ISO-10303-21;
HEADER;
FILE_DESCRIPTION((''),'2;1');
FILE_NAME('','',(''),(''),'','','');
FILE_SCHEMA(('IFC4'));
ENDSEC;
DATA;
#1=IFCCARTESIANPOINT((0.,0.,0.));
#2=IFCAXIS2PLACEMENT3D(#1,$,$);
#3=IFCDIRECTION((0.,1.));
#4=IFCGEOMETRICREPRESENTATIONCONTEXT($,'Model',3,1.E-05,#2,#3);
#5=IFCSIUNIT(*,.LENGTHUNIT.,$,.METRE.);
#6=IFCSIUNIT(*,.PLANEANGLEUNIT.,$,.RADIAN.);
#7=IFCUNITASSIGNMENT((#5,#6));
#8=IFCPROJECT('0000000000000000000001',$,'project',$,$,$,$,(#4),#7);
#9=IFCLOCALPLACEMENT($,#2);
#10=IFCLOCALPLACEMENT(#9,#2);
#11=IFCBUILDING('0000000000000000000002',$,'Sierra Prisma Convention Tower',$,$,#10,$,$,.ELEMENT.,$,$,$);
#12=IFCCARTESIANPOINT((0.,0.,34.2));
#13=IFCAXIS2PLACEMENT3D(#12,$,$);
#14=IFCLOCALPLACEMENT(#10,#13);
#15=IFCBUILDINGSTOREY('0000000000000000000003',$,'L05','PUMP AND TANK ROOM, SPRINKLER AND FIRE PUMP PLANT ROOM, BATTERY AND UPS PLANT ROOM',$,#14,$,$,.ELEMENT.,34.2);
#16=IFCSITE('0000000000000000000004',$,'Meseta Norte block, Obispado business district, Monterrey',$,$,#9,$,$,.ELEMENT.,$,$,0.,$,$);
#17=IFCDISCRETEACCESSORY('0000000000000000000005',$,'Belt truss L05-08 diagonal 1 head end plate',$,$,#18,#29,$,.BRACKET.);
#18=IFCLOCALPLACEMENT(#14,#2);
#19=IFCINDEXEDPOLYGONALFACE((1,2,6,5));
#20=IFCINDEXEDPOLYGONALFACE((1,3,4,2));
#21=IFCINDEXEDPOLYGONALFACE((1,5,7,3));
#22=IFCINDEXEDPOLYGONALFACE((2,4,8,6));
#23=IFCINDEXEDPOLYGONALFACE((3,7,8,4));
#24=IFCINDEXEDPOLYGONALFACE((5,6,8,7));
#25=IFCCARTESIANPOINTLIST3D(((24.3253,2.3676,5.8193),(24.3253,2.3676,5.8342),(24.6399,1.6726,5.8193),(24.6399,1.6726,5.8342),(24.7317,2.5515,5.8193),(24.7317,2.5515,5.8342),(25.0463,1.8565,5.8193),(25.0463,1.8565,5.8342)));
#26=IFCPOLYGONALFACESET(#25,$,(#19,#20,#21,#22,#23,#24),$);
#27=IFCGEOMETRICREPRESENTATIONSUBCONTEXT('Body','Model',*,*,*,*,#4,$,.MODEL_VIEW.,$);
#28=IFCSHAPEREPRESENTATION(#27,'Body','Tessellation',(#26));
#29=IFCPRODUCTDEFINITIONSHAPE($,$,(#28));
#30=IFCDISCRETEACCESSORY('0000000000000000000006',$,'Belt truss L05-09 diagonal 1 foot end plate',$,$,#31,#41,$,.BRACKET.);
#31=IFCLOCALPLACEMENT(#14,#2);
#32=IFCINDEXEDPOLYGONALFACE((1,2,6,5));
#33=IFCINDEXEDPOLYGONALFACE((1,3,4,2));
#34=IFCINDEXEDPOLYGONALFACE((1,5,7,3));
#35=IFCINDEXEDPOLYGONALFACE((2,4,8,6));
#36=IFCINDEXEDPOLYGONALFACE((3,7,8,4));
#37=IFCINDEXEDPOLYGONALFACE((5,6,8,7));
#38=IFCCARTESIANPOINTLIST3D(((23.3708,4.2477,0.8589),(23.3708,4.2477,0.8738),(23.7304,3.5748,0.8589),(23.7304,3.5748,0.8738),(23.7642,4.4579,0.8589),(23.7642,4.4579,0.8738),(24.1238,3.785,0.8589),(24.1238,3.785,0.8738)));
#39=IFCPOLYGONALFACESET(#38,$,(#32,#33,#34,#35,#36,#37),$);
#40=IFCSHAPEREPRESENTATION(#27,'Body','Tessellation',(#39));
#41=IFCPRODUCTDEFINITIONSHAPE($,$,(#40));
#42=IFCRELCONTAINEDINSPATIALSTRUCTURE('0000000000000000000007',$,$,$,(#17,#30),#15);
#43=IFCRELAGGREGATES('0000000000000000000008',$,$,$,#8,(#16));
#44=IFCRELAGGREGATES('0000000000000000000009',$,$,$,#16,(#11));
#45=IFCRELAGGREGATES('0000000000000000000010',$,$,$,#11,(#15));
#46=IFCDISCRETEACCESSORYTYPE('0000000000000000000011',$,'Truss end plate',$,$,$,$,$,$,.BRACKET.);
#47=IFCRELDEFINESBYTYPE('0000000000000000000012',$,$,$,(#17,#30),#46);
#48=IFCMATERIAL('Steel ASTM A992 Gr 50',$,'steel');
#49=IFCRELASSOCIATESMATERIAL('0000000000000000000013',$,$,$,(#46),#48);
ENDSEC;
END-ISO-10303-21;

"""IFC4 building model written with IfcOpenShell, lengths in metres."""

from ifc_helpers import new_model, si_unit, direction, frame, origin, origin_2d, place, context, subcontext, project, spatial, rectangle, extrude, material, type_object, element, save


model = new_model("IFC4")

# Units and contexts
model_context = context("Model", 3, precision=1e-05, world=origin(), true_north=direction((0.0, 1.0)))
body_context = subcontext(model_context, "Body", "Model", "MODEL_VIEW")
ifc_project = project(units=[si_unit("LENGTHUNIT", "METRE"), si_unit("PLANEANGLEUNIT", "RADIAN")], contexts=[model_context])

# Site, building, storey
site_placement = place(None, origin())
site = spatial("IfcSite", under=ifc_project, at=site_placement, Name="Meseta Norte block, Obispado business district, Monterrey", CompositionType="ELEMENT", RefElevation=0.0)
building_placement = place(site_placement, origin())
building = spatial("IfcBuilding", under=site, at=building_placement, Name="Sierra Prisma Convention Tower", CompositionType="ELEMENT")
storey_placement = place(building_placement, frame((0.0, 0.0, 34.2)))
storey = spatial("IfcBuildingStorey", under=building, at=storey_placement, Name="L05", Description="PUMP AND TANK ROOM, SPRINKLER AND FIRE PUMP PLANT ROOM, BATTERY AND UPS PLANT ROOM", CompositionType="ELEMENT", Elevation=34.2)

# Discrete accessories
ifc_material_1 = material(Name="Steel ASTM A992 Gr 50", Category="steel")
discrete_accessory_type = type_object("IfcDiscreteAccessoryType", Name="Truss end plate", PredefinedType="BRACKET", material=ifc_material_1)
for number, where, z_axis, x_axis, name in (
    (1, (24.6858, 2.1121, 5.8193), (0.0, 0.0, 1.0), (-0.412298, 0.911049, 0.0), "Belt truss L05-08 diagonal 1 head end plate"),
    (2, (23.7473, 4.0164, 0.8589), (0.0, 0.0, 1.0), (-0.471264, 0.881992, 0.0), "Belt truss L05-09 diagonal 1 foot end plate"),
):
    element("IfcDiscreteAccessory", number, at=place(storey_placement, frame(where, z_axis=z_axis, x_axis=x_axis)), inside=storey, type_object=discrete_accessory_type, Name=name, PredefinedType="BRACKET", context=body_context, shape_type="SweptSolid", body=[
        extrude(rectangle(XDim=0.7629, YDim=0.446, at=origin_2d()), origin(), (0.0, 0.0, 1.0), 0.0149),
    ])

save(model, "model.ifc")
